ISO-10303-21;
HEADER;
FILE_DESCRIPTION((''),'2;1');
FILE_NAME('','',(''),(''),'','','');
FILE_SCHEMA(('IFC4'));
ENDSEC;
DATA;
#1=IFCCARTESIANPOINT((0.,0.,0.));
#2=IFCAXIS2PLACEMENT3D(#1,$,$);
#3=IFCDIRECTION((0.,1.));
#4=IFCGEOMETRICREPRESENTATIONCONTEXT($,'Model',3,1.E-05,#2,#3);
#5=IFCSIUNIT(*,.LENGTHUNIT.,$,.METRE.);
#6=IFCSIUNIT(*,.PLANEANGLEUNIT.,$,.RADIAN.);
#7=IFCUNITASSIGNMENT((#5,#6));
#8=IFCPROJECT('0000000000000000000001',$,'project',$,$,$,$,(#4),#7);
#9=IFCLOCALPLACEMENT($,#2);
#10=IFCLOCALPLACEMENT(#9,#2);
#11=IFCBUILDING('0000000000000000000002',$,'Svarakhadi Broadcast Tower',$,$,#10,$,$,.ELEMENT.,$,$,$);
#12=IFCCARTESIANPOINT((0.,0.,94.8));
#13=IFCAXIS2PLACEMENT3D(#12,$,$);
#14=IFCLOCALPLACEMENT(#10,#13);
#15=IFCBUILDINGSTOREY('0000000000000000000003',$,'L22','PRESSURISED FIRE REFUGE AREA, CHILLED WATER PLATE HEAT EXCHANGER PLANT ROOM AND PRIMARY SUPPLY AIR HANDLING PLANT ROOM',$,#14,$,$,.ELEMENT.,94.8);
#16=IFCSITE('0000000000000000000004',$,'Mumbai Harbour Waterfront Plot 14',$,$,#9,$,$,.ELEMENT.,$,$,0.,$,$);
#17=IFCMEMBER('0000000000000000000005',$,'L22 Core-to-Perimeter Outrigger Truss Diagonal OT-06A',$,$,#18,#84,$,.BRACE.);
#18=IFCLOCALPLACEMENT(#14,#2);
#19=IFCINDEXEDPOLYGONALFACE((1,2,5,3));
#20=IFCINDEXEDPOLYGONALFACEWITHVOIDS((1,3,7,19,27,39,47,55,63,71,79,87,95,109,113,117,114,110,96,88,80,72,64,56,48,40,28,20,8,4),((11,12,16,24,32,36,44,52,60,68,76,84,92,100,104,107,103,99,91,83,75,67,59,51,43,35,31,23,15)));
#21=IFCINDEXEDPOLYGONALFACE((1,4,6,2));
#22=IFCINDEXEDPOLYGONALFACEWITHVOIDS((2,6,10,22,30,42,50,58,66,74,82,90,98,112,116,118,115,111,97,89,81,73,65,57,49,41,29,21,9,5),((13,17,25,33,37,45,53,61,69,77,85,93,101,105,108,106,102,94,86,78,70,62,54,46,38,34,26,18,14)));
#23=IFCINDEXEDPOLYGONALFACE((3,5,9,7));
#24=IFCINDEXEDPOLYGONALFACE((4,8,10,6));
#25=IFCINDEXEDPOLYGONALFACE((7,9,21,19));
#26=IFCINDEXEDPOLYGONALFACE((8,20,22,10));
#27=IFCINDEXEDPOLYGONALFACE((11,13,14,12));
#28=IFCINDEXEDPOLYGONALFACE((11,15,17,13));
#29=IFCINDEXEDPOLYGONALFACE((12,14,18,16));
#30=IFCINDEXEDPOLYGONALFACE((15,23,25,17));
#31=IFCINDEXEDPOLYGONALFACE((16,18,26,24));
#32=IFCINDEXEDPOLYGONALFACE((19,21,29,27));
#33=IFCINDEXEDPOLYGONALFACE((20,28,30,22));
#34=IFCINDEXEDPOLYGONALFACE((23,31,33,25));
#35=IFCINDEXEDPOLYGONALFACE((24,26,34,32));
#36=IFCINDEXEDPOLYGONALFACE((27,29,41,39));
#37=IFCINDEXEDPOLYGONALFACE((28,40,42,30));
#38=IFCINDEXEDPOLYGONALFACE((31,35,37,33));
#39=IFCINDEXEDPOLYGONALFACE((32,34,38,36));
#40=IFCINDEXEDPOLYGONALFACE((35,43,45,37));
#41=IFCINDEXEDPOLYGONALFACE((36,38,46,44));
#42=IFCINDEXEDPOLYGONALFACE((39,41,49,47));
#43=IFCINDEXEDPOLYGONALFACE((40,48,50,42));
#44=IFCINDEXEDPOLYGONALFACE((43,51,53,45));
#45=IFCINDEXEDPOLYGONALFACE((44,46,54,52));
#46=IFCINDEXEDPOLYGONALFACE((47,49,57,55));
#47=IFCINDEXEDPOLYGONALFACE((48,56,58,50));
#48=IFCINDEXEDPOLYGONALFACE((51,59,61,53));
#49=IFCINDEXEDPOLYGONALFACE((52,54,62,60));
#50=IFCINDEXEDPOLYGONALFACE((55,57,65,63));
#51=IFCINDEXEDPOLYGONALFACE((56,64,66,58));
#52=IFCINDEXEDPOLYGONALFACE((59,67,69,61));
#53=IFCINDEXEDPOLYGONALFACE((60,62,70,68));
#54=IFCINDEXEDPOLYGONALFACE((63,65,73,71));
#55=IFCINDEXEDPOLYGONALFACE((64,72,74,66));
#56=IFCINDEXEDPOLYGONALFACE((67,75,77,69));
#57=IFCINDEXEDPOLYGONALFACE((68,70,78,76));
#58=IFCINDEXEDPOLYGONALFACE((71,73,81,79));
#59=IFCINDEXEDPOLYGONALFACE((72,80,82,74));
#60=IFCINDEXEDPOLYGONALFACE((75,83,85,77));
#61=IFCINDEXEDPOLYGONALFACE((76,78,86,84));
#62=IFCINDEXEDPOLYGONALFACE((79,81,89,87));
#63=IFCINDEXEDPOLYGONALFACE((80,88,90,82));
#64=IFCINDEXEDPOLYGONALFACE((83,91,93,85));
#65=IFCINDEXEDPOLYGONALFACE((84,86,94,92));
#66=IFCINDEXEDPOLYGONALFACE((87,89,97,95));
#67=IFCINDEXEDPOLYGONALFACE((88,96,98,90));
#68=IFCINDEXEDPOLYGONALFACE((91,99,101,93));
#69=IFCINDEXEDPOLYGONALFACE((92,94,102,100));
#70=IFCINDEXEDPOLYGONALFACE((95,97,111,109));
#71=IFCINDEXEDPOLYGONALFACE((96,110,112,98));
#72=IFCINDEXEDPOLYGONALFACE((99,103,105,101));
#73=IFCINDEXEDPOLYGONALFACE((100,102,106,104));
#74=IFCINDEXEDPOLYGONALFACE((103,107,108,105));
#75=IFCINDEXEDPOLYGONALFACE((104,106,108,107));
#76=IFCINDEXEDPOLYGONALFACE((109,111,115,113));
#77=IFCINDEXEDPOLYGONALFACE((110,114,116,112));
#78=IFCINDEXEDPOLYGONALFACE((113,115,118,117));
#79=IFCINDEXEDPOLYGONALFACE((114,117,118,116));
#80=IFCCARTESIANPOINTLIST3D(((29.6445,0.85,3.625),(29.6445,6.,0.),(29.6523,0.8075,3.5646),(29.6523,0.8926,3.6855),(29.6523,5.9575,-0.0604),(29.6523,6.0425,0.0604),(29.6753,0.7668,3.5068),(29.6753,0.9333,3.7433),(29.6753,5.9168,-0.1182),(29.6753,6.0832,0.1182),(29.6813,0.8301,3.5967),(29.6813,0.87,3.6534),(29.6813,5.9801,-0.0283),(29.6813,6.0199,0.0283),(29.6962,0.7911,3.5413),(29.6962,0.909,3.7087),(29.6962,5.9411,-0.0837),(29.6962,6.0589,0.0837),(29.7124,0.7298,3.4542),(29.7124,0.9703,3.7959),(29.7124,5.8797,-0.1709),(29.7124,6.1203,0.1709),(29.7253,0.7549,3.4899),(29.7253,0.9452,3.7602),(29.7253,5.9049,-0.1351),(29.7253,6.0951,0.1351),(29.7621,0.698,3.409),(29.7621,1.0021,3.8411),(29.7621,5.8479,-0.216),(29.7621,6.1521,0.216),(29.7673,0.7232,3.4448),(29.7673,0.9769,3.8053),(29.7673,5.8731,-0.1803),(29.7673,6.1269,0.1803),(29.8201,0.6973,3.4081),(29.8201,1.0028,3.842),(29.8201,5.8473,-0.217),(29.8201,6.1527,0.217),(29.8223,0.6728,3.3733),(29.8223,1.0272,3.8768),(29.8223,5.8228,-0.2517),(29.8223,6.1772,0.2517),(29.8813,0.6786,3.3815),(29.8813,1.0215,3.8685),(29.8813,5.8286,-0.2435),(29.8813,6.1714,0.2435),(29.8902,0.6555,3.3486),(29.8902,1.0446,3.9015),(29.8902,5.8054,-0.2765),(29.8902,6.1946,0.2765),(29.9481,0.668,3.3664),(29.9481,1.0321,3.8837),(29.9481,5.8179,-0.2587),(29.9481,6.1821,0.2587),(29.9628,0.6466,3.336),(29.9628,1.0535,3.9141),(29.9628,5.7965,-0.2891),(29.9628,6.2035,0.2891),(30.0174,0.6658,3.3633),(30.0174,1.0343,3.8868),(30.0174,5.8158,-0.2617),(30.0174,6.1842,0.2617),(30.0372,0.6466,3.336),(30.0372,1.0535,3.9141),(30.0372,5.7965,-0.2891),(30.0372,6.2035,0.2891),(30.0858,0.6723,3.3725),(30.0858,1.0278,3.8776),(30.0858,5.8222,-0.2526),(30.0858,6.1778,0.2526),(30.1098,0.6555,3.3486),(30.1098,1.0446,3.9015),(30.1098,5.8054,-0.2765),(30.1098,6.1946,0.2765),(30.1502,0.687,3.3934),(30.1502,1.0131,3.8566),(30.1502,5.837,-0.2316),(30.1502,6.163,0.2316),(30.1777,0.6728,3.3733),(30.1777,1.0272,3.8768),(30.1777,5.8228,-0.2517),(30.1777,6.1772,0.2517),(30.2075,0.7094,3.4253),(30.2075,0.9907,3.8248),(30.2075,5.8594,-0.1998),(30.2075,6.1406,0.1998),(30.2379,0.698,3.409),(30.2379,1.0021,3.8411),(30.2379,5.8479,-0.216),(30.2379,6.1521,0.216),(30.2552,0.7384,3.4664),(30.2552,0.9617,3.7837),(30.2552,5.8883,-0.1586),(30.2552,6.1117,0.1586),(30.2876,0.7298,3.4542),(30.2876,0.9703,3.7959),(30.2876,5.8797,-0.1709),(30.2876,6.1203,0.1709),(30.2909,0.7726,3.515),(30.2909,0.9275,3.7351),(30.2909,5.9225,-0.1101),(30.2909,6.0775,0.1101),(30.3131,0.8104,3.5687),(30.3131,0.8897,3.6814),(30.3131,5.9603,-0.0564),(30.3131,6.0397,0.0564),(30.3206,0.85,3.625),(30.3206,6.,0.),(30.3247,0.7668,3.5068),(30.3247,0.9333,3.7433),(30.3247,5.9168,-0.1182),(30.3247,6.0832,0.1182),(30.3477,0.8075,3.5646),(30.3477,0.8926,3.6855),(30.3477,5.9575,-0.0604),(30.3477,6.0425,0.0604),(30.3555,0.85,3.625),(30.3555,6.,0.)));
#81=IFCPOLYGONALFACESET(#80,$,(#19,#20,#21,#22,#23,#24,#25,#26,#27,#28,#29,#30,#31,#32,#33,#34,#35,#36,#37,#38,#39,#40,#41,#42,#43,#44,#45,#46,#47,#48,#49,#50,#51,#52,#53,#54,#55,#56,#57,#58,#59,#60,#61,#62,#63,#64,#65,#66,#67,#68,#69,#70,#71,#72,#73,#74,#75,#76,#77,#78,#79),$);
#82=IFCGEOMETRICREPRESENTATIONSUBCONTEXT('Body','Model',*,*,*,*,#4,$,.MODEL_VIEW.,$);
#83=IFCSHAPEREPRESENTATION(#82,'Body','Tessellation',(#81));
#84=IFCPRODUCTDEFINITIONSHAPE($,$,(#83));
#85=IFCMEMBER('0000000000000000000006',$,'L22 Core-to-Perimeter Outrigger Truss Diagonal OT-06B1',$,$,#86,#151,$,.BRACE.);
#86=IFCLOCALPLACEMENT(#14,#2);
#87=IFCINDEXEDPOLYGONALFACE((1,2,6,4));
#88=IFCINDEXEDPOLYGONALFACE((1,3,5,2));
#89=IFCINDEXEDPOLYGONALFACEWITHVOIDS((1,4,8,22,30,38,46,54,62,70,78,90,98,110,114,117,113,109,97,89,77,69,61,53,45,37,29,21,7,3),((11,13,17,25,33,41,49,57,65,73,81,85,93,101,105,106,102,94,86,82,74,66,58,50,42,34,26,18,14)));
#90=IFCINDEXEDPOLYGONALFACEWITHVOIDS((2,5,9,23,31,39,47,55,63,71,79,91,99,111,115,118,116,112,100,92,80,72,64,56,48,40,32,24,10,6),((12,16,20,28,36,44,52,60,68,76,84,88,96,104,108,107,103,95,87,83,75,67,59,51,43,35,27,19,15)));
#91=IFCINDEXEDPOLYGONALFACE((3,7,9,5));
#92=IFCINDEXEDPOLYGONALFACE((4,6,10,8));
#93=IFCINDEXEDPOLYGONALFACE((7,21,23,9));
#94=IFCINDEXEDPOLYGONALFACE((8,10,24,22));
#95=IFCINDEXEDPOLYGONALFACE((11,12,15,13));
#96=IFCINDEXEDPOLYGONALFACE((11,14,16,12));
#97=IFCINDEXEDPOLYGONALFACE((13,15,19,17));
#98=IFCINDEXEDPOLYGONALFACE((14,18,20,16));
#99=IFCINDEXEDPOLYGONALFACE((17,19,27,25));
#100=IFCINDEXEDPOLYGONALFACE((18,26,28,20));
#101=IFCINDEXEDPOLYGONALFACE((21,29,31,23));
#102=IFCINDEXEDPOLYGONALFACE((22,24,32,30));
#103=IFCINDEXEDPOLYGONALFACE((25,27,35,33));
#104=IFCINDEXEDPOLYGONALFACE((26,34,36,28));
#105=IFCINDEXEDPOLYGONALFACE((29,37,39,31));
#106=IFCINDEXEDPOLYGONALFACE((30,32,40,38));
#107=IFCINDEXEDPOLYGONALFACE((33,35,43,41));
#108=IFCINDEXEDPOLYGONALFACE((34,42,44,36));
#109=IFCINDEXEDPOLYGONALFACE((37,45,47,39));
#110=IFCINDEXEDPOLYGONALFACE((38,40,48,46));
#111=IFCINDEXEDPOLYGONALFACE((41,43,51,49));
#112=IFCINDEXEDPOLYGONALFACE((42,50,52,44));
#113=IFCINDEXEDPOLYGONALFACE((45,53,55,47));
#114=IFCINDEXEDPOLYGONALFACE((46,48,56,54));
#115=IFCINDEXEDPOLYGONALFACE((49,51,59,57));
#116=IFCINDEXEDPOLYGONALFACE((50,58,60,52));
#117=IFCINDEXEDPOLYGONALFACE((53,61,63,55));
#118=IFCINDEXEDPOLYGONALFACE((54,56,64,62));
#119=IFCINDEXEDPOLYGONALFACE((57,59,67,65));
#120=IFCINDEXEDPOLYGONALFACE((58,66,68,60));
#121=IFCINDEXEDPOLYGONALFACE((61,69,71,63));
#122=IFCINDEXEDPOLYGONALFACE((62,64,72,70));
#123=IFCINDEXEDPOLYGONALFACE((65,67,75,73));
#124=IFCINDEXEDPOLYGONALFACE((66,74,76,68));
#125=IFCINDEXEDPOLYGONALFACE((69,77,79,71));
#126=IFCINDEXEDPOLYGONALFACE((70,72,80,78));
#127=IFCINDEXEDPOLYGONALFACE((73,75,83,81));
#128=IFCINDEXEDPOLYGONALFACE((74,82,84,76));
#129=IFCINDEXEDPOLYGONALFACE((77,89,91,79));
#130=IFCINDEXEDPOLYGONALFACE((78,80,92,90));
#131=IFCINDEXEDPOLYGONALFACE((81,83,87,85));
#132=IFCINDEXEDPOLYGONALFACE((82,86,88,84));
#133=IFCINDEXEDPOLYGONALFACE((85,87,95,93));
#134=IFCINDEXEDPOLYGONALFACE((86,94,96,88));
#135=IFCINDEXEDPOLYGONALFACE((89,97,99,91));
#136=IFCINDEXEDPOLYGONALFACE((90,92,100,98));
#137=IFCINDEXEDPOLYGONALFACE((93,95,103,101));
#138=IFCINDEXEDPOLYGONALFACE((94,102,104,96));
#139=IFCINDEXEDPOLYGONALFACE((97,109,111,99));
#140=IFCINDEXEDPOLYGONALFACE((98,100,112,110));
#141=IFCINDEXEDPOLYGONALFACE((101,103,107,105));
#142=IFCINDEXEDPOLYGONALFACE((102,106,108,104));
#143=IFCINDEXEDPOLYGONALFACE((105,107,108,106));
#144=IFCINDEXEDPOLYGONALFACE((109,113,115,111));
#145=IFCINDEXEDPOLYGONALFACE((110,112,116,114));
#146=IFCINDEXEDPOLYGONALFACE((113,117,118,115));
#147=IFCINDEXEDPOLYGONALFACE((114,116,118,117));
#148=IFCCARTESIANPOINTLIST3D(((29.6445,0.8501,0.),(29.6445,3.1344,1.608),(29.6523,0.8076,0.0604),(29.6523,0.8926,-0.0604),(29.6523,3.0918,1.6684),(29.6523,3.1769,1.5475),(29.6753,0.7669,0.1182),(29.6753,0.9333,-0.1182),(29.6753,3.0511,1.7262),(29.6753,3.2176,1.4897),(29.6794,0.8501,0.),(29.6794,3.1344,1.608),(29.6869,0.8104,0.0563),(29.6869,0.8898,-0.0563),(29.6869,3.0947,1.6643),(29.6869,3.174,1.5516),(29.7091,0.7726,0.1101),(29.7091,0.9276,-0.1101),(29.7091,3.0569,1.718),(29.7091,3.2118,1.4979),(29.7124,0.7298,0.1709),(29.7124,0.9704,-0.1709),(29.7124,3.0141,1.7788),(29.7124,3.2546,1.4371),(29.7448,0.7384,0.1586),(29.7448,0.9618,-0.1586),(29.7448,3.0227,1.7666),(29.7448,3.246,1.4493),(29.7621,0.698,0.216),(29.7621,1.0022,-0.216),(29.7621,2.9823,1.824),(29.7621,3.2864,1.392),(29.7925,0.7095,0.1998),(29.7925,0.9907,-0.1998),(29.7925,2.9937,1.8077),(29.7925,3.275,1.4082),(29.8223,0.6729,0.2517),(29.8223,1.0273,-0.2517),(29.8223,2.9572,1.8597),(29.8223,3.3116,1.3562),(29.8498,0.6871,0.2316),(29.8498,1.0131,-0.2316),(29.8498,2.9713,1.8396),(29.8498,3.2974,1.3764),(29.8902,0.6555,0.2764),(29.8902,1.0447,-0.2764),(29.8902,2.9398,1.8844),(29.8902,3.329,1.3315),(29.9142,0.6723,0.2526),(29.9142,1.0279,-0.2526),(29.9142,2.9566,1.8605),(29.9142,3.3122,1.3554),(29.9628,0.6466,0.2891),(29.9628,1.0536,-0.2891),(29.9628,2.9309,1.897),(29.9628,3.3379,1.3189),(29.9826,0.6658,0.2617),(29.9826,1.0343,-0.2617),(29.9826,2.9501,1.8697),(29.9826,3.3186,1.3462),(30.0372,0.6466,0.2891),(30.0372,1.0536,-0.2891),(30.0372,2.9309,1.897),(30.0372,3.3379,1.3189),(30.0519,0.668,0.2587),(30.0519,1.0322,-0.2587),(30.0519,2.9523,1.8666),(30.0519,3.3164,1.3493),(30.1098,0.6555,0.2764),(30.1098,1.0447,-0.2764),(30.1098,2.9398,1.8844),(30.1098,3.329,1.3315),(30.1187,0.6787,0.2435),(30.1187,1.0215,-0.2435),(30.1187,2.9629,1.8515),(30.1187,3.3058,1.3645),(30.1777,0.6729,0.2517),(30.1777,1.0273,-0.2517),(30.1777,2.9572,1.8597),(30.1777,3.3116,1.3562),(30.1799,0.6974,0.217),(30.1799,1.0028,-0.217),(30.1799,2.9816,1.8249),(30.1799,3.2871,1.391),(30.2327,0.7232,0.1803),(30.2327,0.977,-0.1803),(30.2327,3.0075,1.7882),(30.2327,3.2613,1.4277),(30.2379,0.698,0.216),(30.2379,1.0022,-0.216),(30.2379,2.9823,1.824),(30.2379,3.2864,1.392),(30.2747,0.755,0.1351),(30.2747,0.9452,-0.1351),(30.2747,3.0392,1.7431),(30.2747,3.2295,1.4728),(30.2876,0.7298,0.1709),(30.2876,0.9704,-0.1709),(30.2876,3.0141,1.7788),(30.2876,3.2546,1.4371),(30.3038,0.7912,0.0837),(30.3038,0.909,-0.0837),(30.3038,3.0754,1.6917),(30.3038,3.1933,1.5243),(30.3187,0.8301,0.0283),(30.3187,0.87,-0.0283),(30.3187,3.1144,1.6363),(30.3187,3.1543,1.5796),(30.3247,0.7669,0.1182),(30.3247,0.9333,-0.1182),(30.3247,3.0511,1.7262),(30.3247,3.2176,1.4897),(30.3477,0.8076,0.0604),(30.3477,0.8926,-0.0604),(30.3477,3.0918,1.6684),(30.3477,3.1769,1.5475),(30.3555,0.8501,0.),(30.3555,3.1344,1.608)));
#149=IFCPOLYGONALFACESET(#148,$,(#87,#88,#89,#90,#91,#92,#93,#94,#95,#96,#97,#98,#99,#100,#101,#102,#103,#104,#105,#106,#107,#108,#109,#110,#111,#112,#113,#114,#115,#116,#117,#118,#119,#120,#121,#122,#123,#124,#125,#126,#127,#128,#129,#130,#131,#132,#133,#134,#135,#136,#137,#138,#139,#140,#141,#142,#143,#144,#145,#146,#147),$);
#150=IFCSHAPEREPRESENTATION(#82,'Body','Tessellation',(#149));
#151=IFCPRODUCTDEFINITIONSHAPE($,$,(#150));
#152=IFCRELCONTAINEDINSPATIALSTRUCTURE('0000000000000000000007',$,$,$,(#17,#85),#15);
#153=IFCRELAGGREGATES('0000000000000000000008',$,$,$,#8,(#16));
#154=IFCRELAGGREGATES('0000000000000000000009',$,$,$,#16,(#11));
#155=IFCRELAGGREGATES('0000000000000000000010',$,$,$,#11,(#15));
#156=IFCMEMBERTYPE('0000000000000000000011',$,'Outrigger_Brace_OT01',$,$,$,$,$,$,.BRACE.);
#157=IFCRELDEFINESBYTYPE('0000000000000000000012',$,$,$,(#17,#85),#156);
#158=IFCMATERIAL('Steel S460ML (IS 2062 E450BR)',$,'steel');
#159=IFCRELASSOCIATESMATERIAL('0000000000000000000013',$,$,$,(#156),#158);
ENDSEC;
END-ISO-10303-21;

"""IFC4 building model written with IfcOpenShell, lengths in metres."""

from ifc_helpers import new_model, si_unit, direction, frame, origin, origin_2d, place, context, subcontext, project, spatial, hollow_circle, extrude, material, material_profile, profile_set, type_object, element, save


model = new_model("IFC4")

# Units and contexts
model_context = context("Model", 3, precision=1e-05, world=origin(), true_north=direction((0.0, 1.0)))
body_context = subcontext(model_context, "Body", "Model", "MODEL_VIEW")
ifc_project = project(units=[si_unit("LENGTHUNIT", "METRE"), si_unit("PLANEANGLEUNIT", "RADIAN")], contexts=[model_context])

# Site, building, storey
site_placement = place(None, origin())
site = spatial("IfcSite", under=ifc_project, at=site_placement, Name="Mumbai Harbour Waterfront Plot 14", CompositionType="ELEMENT", RefElevation=0.0)
building_placement = place(site_placement, origin())
building = spatial("IfcBuilding", under=site, at=building_placement, Name="Svarakhadi Broadcast Tower", CompositionType="ELEMENT")
storey_placement = place(building_placement, frame((0.0, 0.0, 94.8)))
storey = spatial("IfcBuildingStorey", under=building, at=storey_placement, Name="L22", Description="PRESSURISED FIRE REFUGE AREA, CHILLED WATER PLATE HEAT EXCHANGER PLANT ROOM AND PRIMARY SUPPLY AIR HANDLING PLANT ROOM", CompositionType="ELEMENT", Elevation=94.8)

# Shared definitions
ifc_material_1 = material(Name="Steel S460ML (IS 2062 E450BR)", Category="steel")

# Members
ifc_material_profile_1 = material_profile(ifc_material_1, hollow_circle(Radius=0.3555, WallThickness=0.0349, at=origin_2d()), Name="CHS 711x35")
ifc_profile_set_1 = profile_set([ifc_material_profile_1], Name="Steel S460ML (IS 2062 E450BR)")
member_type_1 = type_object("IfcMemberType", Name="Outrigger_Brace_OT01", PredefinedType="BRACE", material=ifc_profile_set_1)
member_1_placement = place(storey_placement, frame((30.0, 6.0, 0.0), z_axis=(0.0, -0.817732, 0.575599), x_axis=(1.0, 0.0, 0.0)))
element("IfcMember", 1, at=member_1_placement, inside=storey, type_object=member_type_1, Name="L22 Core-to-Perimeter Outrigger Truss Diagonal OT-06A", PredefinedType="BRACE", context=body_context, shape_type="SweptSolid", body=[
    extrude(hollow_circle(Radius=0.3555, WallThickness=0.0349, at=origin_2d()), origin(), (0.0, 0.0, 1.0), 6.2979),
])
for number, where, z_axis, x_axis, name in (
    (2, (30.0, 0.8501, 0.0), (0.0, 0.817718, 0.575619), (-1.0, 0.0, 0.0), "L22 Core-to-Perimeter Outrigger Truss Diagonal OT-06B1"),
):
    element("IfcMember", number, at=place(storey_placement, frame(where, z_axis=z_axis, x_axis=x_axis)), inside=storey, type_object=member_type_1, Name=name, PredefinedType="BRACE", context=body_context, shape_type="SweptSolid", body=[
        extrude(hollow_circle(Radius=0.3555, WallThickness=0.0349, at=origin_2d()), origin(), (0.0, 0.0, 1.0), 2.7935),
    ])

save(model, "model.ifc")
